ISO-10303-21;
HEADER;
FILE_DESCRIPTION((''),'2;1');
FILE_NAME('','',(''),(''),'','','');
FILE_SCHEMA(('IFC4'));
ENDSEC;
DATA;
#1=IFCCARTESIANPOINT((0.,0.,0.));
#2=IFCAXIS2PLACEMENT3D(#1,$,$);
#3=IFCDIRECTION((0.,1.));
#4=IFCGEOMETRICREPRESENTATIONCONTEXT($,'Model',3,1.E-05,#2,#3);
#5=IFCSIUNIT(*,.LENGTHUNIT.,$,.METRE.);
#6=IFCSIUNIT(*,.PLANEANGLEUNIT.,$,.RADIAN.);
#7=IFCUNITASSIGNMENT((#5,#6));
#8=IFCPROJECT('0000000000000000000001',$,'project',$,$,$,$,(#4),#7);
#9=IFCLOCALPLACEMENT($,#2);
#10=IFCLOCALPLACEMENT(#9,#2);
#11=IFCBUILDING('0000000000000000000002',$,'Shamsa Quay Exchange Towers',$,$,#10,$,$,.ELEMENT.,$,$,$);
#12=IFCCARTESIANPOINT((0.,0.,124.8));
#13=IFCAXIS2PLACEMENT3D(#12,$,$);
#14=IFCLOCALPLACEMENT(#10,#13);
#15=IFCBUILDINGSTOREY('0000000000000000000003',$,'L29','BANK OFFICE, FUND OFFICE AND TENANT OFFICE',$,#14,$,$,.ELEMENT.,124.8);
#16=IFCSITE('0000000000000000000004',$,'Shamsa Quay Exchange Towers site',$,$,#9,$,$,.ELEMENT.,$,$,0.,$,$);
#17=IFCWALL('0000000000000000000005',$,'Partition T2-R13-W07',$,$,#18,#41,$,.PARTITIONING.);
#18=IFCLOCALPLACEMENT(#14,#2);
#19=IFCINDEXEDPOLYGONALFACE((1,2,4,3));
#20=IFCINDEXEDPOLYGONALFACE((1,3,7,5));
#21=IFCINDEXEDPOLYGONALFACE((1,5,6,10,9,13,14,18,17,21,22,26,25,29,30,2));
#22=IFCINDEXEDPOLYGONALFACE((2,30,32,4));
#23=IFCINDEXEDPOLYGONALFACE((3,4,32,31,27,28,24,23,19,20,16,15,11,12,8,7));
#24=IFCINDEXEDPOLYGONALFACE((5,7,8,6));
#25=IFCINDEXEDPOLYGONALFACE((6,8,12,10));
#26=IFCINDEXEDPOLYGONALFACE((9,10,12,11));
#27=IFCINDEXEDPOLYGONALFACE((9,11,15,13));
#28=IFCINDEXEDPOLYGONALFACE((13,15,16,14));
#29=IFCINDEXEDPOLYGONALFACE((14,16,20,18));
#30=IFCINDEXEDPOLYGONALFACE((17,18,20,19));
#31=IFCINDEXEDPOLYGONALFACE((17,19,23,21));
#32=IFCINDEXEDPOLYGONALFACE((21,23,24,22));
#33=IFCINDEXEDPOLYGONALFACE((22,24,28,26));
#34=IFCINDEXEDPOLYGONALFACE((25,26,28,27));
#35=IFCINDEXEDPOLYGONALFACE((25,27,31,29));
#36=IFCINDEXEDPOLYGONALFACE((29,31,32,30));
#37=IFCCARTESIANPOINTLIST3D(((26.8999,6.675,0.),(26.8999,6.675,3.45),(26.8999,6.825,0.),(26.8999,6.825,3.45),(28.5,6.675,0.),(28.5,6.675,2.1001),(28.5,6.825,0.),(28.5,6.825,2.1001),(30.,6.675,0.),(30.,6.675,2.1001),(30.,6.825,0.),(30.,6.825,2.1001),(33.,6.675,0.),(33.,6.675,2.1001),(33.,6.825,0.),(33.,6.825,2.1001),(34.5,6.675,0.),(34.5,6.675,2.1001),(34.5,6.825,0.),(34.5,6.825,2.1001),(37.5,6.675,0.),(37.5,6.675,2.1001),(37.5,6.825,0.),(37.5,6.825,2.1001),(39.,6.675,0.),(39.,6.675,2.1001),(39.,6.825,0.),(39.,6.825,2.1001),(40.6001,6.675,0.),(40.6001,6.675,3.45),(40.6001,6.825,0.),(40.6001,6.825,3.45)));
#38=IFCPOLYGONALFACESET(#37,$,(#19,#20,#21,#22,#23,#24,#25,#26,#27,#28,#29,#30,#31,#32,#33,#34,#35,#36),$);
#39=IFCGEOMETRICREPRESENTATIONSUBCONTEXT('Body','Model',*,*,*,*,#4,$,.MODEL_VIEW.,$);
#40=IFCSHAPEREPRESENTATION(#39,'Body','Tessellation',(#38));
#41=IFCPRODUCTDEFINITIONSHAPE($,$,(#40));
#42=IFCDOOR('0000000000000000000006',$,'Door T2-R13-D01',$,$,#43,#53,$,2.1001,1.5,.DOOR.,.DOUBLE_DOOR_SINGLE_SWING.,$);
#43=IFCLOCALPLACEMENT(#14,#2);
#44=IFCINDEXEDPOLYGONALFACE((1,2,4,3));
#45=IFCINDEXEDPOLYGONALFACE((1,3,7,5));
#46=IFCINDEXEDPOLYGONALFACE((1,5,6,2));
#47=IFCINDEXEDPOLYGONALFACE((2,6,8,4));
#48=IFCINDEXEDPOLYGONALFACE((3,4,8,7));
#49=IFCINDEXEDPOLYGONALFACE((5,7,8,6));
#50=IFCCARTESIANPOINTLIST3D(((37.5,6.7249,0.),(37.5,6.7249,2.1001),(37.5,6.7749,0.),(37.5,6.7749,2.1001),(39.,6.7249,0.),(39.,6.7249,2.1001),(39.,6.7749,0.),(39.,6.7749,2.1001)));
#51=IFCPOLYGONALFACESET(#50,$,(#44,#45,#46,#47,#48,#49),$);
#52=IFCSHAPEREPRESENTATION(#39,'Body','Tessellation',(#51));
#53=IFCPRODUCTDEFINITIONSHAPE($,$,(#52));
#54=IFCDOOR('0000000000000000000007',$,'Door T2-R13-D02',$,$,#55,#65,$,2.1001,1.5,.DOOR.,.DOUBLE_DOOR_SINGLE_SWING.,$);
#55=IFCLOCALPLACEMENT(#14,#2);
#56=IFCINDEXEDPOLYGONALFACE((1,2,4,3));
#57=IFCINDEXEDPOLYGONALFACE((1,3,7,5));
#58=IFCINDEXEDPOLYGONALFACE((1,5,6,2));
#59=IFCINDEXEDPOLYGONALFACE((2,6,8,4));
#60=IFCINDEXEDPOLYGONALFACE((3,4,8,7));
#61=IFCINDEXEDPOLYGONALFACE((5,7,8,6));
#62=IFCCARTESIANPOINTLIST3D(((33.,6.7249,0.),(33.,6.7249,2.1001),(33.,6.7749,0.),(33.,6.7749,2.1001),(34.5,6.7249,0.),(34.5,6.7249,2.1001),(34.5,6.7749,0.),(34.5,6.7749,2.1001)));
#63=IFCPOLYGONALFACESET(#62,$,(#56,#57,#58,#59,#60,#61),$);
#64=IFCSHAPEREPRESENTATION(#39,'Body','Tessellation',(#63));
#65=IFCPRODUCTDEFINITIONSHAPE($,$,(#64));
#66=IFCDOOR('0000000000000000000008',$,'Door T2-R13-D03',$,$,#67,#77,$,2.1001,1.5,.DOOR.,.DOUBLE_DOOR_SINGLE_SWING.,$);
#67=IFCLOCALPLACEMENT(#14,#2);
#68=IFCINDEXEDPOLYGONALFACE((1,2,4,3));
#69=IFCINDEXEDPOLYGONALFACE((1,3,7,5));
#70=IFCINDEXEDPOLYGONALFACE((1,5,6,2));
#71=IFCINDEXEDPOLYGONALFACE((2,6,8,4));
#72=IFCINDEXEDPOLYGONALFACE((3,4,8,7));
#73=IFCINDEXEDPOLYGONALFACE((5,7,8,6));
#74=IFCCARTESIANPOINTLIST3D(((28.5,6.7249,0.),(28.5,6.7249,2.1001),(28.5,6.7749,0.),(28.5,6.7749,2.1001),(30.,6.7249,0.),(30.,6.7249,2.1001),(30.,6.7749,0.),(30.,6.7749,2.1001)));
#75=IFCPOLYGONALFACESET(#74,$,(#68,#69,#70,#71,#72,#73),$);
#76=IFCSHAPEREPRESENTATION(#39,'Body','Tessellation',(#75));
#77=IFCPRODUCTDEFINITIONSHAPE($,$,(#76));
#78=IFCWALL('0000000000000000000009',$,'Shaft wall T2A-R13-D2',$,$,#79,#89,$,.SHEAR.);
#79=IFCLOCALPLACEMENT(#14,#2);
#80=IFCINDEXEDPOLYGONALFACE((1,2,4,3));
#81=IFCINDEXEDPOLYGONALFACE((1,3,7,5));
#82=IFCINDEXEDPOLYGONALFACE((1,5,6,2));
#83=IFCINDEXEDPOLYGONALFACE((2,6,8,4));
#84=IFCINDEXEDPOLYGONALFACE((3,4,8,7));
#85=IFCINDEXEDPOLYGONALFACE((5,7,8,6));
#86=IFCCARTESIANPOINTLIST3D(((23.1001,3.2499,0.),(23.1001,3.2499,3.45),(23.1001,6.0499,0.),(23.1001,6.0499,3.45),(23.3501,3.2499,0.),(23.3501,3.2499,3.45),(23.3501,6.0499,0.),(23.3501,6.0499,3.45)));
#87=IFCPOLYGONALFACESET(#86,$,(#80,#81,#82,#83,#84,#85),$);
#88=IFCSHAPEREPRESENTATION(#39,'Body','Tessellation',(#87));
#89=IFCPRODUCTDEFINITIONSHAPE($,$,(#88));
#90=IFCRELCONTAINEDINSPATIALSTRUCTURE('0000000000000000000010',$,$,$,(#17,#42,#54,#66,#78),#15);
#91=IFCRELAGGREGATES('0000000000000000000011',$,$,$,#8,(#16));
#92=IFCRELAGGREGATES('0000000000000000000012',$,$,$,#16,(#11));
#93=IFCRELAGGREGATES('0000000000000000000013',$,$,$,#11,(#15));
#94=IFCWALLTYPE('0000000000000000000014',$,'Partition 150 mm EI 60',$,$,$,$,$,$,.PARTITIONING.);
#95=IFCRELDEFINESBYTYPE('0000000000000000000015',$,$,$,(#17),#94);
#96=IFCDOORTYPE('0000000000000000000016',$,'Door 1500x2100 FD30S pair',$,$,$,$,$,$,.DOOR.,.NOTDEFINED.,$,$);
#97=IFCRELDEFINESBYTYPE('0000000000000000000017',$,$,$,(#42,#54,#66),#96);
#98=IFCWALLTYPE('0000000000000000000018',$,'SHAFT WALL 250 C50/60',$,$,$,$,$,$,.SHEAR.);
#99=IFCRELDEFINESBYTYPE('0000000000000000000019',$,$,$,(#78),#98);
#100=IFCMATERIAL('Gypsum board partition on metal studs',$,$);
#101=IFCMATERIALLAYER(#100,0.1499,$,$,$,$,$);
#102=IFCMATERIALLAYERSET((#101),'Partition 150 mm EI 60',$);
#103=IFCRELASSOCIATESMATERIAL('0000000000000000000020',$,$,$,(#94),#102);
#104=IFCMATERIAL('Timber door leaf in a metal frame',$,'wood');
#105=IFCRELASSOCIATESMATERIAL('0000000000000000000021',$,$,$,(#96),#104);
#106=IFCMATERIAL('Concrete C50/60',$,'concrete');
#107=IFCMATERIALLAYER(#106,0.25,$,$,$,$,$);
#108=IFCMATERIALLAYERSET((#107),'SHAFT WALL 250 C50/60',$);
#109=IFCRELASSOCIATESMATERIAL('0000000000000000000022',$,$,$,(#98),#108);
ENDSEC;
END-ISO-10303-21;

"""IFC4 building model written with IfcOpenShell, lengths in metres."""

from ifc_helpers import new_model, si_unit, direction, frame, frame_2d, origin, place, context, subcontext, project, spatial, rectangle, extrude, material, layer, layer_set, type_object, element, fill, save


model = new_model("IFC4")

# Units and contexts
model_context = context("Model", 3, precision=1e-05, world=origin(), true_north=direction((0.0, 1.0)))
body_context = subcontext(model_context, "Body", "Model", "MODEL_VIEW")
ifc_project = project(units=[si_unit("LENGTHUNIT", "METRE"), si_unit("PLANEANGLEUNIT", "RADIAN")], contexts=[model_context])

# Site, building, storey
site_placement = place(None, origin())
site = spatial("IfcSite", under=ifc_project, at=site_placement, Name="Shamsa Quay Exchange Towers site", CompositionType="ELEMENT", RefElevation=0.0)
building_placement = place(site_placement, origin())
building = spatial("IfcBuilding", under=site, at=building_placement, Name="Shamsa Quay Exchange Towers", CompositionType="ELEMENT")
storey_placement = place(building_placement, frame((0.0, 0.0, 124.8)))
storey = spatial("IfcBuildingStorey", under=building, at=storey_placement, Name="L29", Description="BANK OFFICE, FUND OFFICE AND TENANT OFFICE", CompositionType="ELEMENT", Elevation=124.8)

# Wall, openings, doors
ifc_material_1 = material(Name="Gypsum board partition on metal studs")
ifc_layer_1 = layer(ifc_material_1, 0.1499)
ifc_layer_set_1 = layer_set([ifc_layer_1], Name="Partition 150 mm EI 60")
wall_type_1 = type_object("IfcWallType", Name="Partition 150 mm EI 60", PredefinedType="PARTITIONING", material=ifc_layer_set_1)
wall_1_placement = place(storey_placement, frame((26.8999, 6.75, 0.0)))
wall_1 = element("IfcWall", 1, at=wall_1_placement, inside=storey, type_object=wall_type_1, Name="Partition T2-R13-W07", PredefinedType="PARTITIONING", context=body_context, shape_type="SweptSolid", body=[
    extrude(rectangle(XDim=13.7002, YDim=0.1499, at=frame_2d((6.8501, 0.0))), origin(), (0.0, 0.0, 1.0), 3.45),
])
opening_1_placement = place(wall_1_placement, frame((10.6001, 0.0, 0.0)))
opening_1 = element("IfcOpeningElement", 2, at=opening_1_placement, cuts=wall_1, PredefinedType="OPENING", context=body_context, shape_type="SweptSolid", body=[
    extrude(rectangle(XDim=1.5, YDim=2.1001, at=frame_2d((0.75, 1.05))), frame((0.0, 0.085, 0.0), z_axis=(0.0, -1.0, 0.0), x_axis=(1.0, 0.0, 0.0)), (0.0, 0.0, 1.0), 0.1699),
])
opening_2_placement = place(wall_1_placement, frame((6.1001, 0.0, 0.0)))
opening_2 = element("IfcOpeningElement", 3, at=opening_2_placement, cuts=wall_1, PredefinedType="OPENING", context=body_context, shape_type="SweptSolid", body=[
    extrude(rectangle(XDim=1.5, YDim=2.1001, at=frame_2d((0.75, 1.05))), frame((0.0, 0.085, 0.0), z_axis=(0.0, -1.0, 0.0), x_axis=(1.0, 0.0, 0.0)), (0.0, 0.0, 1.0), 0.1699),
])
opening_3_placement = place(wall_1_placement, frame((1.6001, 0.0, 0.0)))
opening_3 = element("IfcOpeningElement", 4, at=opening_3_placement, cuts=wall_1, PredefinedType="OPENING", context=body_context, shape_type="SweptSolid", body=[
    extrude(rectangle(XDim=1.5, YDim=2.1001, at=frame_2d((0.75, 1.05))), frame((0.0, 0.085, 0.0), z_axis=(0.0, -1.0, 0.0), x_axis=(1.0, 0.0, 0.0)), (0.0, 0.0, 1.0), 0.1699),
])
ifc_material_2 = material(Name="Timber door leaf in a metal frame", Category="wood")
door_type_1 = type_object("IfcDoorType", Name="Door 1500x2100 FD30S pair", OperationType="NOTDEFINED", PredefinedType="DOOR", material=ifc_material_2)
door_1_placement = place(opening_1_placement, origin())
door_1 = element("IfcDoor", 5, at=door_1_placement, inside=storey, type_object=door_type_1, Name="Door T2-R13-D01", OperationType="DOUBLE_DOOR_SINGLE_SWING", OverallHeight=2.1001, OverallWidth=1.5, PredefinedType="DOOR", context=body_context, shape_type="SweptSolid", body=[
    extrude(rectangle(XDim=1.5, YDim=2.1001, at=frame_2d((0.75, 1.05))), frame((0.0, 0.0249, 0.0), z_axis=(0.0, -1.0, 0.0), x_axis=(1.0, 0.0, 0.0)), (0.0, 0.0, 1.0), 0.05),
])
fill(opening_1, door_1)
door_2_placement = place(opening_2_placement, origin())
door_2 = element("IfcDoor", 6, at=door_2_placement, inside=storey, type_object=door_type_1, Name="Door T2-R13-D02", OperationType="DOUBLE_DOOR_SINGLE_SWING", OverallHeight=2.1001, OverallWidth=1.5, PredefinedType="DOOR", context=body_context, shape_type="SweptSolid", body=[
    extrude(rectangle(XDim=1.5, YDim=2.1001, at=frame_2d((0.75, 1.05))), frame((0.0, 0.0249, 0.0), z_axis=(0.0, -1.0, 0.0), x_axis=(1.0, 0.0, 0.0)), (0.0, 0.0, 1.0), 0.05),
])
fill(opening_2, door_2)
door_3_placement = place(opening_3_placement, origin())
door_3 = element("IfcDoor", 7, at=door_3_placement, inside=storey, type_object=door_type_1, Name="Door T2-R13-D03", OperationType="DOUBLE_DOOR_SINGLE_SWING", OverallHeight=2.1001, OverallWidth=1.5, PredefinedType="DOOR", context=body_context, shape_type="SweptSolid", body=[
    extrude(rectangle(XDim=1.5, YDim=2.1001, at=frame_2d((0.75, 1.05))), frame((0.0, 0.0249, 0.0), z_axis=(0.0, -1.0, 0.0), x_axis=(1.0, 0.0, 0.0)), (0.0, 0.0, 1.0), 0.05),
])
fill(opening_3, door_3)

# Wall
ifc_material_3 = material(Name="Concrete C50/60", Category="concrete")
ifc_layer_2 = layer(ifc_material_3, 0.25)
ifc_layer_set_2 = layer_set([ifc_layer_2], Name="SHAFT WALL 250 C50/60")
wall_type_2 = type_object("IfcWallType", Name="SHAFT WALL 250 C50/60", PredefinedType="SHEAR", material=ifc_layer_set_2)
wall_2_placement = place(storey_placement, frame((23.2251, 3.25, 0.0), z_axis=(0.0, 0.0, 1.0), x_axis=(0.0, 1.0, 0.0)))
element("IfcWall", 8, at=wall_2_placement, inside=storey, type_object=wall_type_2, Name="Shaft wall T2A-R13-D2", PredefinedType="SHEAR", context=body_context, shape_type="SweptSolid", body=[
    extrude(rectangle(XDim=2.8, YDim=0.25, at=frame_2d((1.3999, 0.0))), origin(), (0.0, 0.0, 1.0), 3.45),
])

save(model, "model.ifc")
